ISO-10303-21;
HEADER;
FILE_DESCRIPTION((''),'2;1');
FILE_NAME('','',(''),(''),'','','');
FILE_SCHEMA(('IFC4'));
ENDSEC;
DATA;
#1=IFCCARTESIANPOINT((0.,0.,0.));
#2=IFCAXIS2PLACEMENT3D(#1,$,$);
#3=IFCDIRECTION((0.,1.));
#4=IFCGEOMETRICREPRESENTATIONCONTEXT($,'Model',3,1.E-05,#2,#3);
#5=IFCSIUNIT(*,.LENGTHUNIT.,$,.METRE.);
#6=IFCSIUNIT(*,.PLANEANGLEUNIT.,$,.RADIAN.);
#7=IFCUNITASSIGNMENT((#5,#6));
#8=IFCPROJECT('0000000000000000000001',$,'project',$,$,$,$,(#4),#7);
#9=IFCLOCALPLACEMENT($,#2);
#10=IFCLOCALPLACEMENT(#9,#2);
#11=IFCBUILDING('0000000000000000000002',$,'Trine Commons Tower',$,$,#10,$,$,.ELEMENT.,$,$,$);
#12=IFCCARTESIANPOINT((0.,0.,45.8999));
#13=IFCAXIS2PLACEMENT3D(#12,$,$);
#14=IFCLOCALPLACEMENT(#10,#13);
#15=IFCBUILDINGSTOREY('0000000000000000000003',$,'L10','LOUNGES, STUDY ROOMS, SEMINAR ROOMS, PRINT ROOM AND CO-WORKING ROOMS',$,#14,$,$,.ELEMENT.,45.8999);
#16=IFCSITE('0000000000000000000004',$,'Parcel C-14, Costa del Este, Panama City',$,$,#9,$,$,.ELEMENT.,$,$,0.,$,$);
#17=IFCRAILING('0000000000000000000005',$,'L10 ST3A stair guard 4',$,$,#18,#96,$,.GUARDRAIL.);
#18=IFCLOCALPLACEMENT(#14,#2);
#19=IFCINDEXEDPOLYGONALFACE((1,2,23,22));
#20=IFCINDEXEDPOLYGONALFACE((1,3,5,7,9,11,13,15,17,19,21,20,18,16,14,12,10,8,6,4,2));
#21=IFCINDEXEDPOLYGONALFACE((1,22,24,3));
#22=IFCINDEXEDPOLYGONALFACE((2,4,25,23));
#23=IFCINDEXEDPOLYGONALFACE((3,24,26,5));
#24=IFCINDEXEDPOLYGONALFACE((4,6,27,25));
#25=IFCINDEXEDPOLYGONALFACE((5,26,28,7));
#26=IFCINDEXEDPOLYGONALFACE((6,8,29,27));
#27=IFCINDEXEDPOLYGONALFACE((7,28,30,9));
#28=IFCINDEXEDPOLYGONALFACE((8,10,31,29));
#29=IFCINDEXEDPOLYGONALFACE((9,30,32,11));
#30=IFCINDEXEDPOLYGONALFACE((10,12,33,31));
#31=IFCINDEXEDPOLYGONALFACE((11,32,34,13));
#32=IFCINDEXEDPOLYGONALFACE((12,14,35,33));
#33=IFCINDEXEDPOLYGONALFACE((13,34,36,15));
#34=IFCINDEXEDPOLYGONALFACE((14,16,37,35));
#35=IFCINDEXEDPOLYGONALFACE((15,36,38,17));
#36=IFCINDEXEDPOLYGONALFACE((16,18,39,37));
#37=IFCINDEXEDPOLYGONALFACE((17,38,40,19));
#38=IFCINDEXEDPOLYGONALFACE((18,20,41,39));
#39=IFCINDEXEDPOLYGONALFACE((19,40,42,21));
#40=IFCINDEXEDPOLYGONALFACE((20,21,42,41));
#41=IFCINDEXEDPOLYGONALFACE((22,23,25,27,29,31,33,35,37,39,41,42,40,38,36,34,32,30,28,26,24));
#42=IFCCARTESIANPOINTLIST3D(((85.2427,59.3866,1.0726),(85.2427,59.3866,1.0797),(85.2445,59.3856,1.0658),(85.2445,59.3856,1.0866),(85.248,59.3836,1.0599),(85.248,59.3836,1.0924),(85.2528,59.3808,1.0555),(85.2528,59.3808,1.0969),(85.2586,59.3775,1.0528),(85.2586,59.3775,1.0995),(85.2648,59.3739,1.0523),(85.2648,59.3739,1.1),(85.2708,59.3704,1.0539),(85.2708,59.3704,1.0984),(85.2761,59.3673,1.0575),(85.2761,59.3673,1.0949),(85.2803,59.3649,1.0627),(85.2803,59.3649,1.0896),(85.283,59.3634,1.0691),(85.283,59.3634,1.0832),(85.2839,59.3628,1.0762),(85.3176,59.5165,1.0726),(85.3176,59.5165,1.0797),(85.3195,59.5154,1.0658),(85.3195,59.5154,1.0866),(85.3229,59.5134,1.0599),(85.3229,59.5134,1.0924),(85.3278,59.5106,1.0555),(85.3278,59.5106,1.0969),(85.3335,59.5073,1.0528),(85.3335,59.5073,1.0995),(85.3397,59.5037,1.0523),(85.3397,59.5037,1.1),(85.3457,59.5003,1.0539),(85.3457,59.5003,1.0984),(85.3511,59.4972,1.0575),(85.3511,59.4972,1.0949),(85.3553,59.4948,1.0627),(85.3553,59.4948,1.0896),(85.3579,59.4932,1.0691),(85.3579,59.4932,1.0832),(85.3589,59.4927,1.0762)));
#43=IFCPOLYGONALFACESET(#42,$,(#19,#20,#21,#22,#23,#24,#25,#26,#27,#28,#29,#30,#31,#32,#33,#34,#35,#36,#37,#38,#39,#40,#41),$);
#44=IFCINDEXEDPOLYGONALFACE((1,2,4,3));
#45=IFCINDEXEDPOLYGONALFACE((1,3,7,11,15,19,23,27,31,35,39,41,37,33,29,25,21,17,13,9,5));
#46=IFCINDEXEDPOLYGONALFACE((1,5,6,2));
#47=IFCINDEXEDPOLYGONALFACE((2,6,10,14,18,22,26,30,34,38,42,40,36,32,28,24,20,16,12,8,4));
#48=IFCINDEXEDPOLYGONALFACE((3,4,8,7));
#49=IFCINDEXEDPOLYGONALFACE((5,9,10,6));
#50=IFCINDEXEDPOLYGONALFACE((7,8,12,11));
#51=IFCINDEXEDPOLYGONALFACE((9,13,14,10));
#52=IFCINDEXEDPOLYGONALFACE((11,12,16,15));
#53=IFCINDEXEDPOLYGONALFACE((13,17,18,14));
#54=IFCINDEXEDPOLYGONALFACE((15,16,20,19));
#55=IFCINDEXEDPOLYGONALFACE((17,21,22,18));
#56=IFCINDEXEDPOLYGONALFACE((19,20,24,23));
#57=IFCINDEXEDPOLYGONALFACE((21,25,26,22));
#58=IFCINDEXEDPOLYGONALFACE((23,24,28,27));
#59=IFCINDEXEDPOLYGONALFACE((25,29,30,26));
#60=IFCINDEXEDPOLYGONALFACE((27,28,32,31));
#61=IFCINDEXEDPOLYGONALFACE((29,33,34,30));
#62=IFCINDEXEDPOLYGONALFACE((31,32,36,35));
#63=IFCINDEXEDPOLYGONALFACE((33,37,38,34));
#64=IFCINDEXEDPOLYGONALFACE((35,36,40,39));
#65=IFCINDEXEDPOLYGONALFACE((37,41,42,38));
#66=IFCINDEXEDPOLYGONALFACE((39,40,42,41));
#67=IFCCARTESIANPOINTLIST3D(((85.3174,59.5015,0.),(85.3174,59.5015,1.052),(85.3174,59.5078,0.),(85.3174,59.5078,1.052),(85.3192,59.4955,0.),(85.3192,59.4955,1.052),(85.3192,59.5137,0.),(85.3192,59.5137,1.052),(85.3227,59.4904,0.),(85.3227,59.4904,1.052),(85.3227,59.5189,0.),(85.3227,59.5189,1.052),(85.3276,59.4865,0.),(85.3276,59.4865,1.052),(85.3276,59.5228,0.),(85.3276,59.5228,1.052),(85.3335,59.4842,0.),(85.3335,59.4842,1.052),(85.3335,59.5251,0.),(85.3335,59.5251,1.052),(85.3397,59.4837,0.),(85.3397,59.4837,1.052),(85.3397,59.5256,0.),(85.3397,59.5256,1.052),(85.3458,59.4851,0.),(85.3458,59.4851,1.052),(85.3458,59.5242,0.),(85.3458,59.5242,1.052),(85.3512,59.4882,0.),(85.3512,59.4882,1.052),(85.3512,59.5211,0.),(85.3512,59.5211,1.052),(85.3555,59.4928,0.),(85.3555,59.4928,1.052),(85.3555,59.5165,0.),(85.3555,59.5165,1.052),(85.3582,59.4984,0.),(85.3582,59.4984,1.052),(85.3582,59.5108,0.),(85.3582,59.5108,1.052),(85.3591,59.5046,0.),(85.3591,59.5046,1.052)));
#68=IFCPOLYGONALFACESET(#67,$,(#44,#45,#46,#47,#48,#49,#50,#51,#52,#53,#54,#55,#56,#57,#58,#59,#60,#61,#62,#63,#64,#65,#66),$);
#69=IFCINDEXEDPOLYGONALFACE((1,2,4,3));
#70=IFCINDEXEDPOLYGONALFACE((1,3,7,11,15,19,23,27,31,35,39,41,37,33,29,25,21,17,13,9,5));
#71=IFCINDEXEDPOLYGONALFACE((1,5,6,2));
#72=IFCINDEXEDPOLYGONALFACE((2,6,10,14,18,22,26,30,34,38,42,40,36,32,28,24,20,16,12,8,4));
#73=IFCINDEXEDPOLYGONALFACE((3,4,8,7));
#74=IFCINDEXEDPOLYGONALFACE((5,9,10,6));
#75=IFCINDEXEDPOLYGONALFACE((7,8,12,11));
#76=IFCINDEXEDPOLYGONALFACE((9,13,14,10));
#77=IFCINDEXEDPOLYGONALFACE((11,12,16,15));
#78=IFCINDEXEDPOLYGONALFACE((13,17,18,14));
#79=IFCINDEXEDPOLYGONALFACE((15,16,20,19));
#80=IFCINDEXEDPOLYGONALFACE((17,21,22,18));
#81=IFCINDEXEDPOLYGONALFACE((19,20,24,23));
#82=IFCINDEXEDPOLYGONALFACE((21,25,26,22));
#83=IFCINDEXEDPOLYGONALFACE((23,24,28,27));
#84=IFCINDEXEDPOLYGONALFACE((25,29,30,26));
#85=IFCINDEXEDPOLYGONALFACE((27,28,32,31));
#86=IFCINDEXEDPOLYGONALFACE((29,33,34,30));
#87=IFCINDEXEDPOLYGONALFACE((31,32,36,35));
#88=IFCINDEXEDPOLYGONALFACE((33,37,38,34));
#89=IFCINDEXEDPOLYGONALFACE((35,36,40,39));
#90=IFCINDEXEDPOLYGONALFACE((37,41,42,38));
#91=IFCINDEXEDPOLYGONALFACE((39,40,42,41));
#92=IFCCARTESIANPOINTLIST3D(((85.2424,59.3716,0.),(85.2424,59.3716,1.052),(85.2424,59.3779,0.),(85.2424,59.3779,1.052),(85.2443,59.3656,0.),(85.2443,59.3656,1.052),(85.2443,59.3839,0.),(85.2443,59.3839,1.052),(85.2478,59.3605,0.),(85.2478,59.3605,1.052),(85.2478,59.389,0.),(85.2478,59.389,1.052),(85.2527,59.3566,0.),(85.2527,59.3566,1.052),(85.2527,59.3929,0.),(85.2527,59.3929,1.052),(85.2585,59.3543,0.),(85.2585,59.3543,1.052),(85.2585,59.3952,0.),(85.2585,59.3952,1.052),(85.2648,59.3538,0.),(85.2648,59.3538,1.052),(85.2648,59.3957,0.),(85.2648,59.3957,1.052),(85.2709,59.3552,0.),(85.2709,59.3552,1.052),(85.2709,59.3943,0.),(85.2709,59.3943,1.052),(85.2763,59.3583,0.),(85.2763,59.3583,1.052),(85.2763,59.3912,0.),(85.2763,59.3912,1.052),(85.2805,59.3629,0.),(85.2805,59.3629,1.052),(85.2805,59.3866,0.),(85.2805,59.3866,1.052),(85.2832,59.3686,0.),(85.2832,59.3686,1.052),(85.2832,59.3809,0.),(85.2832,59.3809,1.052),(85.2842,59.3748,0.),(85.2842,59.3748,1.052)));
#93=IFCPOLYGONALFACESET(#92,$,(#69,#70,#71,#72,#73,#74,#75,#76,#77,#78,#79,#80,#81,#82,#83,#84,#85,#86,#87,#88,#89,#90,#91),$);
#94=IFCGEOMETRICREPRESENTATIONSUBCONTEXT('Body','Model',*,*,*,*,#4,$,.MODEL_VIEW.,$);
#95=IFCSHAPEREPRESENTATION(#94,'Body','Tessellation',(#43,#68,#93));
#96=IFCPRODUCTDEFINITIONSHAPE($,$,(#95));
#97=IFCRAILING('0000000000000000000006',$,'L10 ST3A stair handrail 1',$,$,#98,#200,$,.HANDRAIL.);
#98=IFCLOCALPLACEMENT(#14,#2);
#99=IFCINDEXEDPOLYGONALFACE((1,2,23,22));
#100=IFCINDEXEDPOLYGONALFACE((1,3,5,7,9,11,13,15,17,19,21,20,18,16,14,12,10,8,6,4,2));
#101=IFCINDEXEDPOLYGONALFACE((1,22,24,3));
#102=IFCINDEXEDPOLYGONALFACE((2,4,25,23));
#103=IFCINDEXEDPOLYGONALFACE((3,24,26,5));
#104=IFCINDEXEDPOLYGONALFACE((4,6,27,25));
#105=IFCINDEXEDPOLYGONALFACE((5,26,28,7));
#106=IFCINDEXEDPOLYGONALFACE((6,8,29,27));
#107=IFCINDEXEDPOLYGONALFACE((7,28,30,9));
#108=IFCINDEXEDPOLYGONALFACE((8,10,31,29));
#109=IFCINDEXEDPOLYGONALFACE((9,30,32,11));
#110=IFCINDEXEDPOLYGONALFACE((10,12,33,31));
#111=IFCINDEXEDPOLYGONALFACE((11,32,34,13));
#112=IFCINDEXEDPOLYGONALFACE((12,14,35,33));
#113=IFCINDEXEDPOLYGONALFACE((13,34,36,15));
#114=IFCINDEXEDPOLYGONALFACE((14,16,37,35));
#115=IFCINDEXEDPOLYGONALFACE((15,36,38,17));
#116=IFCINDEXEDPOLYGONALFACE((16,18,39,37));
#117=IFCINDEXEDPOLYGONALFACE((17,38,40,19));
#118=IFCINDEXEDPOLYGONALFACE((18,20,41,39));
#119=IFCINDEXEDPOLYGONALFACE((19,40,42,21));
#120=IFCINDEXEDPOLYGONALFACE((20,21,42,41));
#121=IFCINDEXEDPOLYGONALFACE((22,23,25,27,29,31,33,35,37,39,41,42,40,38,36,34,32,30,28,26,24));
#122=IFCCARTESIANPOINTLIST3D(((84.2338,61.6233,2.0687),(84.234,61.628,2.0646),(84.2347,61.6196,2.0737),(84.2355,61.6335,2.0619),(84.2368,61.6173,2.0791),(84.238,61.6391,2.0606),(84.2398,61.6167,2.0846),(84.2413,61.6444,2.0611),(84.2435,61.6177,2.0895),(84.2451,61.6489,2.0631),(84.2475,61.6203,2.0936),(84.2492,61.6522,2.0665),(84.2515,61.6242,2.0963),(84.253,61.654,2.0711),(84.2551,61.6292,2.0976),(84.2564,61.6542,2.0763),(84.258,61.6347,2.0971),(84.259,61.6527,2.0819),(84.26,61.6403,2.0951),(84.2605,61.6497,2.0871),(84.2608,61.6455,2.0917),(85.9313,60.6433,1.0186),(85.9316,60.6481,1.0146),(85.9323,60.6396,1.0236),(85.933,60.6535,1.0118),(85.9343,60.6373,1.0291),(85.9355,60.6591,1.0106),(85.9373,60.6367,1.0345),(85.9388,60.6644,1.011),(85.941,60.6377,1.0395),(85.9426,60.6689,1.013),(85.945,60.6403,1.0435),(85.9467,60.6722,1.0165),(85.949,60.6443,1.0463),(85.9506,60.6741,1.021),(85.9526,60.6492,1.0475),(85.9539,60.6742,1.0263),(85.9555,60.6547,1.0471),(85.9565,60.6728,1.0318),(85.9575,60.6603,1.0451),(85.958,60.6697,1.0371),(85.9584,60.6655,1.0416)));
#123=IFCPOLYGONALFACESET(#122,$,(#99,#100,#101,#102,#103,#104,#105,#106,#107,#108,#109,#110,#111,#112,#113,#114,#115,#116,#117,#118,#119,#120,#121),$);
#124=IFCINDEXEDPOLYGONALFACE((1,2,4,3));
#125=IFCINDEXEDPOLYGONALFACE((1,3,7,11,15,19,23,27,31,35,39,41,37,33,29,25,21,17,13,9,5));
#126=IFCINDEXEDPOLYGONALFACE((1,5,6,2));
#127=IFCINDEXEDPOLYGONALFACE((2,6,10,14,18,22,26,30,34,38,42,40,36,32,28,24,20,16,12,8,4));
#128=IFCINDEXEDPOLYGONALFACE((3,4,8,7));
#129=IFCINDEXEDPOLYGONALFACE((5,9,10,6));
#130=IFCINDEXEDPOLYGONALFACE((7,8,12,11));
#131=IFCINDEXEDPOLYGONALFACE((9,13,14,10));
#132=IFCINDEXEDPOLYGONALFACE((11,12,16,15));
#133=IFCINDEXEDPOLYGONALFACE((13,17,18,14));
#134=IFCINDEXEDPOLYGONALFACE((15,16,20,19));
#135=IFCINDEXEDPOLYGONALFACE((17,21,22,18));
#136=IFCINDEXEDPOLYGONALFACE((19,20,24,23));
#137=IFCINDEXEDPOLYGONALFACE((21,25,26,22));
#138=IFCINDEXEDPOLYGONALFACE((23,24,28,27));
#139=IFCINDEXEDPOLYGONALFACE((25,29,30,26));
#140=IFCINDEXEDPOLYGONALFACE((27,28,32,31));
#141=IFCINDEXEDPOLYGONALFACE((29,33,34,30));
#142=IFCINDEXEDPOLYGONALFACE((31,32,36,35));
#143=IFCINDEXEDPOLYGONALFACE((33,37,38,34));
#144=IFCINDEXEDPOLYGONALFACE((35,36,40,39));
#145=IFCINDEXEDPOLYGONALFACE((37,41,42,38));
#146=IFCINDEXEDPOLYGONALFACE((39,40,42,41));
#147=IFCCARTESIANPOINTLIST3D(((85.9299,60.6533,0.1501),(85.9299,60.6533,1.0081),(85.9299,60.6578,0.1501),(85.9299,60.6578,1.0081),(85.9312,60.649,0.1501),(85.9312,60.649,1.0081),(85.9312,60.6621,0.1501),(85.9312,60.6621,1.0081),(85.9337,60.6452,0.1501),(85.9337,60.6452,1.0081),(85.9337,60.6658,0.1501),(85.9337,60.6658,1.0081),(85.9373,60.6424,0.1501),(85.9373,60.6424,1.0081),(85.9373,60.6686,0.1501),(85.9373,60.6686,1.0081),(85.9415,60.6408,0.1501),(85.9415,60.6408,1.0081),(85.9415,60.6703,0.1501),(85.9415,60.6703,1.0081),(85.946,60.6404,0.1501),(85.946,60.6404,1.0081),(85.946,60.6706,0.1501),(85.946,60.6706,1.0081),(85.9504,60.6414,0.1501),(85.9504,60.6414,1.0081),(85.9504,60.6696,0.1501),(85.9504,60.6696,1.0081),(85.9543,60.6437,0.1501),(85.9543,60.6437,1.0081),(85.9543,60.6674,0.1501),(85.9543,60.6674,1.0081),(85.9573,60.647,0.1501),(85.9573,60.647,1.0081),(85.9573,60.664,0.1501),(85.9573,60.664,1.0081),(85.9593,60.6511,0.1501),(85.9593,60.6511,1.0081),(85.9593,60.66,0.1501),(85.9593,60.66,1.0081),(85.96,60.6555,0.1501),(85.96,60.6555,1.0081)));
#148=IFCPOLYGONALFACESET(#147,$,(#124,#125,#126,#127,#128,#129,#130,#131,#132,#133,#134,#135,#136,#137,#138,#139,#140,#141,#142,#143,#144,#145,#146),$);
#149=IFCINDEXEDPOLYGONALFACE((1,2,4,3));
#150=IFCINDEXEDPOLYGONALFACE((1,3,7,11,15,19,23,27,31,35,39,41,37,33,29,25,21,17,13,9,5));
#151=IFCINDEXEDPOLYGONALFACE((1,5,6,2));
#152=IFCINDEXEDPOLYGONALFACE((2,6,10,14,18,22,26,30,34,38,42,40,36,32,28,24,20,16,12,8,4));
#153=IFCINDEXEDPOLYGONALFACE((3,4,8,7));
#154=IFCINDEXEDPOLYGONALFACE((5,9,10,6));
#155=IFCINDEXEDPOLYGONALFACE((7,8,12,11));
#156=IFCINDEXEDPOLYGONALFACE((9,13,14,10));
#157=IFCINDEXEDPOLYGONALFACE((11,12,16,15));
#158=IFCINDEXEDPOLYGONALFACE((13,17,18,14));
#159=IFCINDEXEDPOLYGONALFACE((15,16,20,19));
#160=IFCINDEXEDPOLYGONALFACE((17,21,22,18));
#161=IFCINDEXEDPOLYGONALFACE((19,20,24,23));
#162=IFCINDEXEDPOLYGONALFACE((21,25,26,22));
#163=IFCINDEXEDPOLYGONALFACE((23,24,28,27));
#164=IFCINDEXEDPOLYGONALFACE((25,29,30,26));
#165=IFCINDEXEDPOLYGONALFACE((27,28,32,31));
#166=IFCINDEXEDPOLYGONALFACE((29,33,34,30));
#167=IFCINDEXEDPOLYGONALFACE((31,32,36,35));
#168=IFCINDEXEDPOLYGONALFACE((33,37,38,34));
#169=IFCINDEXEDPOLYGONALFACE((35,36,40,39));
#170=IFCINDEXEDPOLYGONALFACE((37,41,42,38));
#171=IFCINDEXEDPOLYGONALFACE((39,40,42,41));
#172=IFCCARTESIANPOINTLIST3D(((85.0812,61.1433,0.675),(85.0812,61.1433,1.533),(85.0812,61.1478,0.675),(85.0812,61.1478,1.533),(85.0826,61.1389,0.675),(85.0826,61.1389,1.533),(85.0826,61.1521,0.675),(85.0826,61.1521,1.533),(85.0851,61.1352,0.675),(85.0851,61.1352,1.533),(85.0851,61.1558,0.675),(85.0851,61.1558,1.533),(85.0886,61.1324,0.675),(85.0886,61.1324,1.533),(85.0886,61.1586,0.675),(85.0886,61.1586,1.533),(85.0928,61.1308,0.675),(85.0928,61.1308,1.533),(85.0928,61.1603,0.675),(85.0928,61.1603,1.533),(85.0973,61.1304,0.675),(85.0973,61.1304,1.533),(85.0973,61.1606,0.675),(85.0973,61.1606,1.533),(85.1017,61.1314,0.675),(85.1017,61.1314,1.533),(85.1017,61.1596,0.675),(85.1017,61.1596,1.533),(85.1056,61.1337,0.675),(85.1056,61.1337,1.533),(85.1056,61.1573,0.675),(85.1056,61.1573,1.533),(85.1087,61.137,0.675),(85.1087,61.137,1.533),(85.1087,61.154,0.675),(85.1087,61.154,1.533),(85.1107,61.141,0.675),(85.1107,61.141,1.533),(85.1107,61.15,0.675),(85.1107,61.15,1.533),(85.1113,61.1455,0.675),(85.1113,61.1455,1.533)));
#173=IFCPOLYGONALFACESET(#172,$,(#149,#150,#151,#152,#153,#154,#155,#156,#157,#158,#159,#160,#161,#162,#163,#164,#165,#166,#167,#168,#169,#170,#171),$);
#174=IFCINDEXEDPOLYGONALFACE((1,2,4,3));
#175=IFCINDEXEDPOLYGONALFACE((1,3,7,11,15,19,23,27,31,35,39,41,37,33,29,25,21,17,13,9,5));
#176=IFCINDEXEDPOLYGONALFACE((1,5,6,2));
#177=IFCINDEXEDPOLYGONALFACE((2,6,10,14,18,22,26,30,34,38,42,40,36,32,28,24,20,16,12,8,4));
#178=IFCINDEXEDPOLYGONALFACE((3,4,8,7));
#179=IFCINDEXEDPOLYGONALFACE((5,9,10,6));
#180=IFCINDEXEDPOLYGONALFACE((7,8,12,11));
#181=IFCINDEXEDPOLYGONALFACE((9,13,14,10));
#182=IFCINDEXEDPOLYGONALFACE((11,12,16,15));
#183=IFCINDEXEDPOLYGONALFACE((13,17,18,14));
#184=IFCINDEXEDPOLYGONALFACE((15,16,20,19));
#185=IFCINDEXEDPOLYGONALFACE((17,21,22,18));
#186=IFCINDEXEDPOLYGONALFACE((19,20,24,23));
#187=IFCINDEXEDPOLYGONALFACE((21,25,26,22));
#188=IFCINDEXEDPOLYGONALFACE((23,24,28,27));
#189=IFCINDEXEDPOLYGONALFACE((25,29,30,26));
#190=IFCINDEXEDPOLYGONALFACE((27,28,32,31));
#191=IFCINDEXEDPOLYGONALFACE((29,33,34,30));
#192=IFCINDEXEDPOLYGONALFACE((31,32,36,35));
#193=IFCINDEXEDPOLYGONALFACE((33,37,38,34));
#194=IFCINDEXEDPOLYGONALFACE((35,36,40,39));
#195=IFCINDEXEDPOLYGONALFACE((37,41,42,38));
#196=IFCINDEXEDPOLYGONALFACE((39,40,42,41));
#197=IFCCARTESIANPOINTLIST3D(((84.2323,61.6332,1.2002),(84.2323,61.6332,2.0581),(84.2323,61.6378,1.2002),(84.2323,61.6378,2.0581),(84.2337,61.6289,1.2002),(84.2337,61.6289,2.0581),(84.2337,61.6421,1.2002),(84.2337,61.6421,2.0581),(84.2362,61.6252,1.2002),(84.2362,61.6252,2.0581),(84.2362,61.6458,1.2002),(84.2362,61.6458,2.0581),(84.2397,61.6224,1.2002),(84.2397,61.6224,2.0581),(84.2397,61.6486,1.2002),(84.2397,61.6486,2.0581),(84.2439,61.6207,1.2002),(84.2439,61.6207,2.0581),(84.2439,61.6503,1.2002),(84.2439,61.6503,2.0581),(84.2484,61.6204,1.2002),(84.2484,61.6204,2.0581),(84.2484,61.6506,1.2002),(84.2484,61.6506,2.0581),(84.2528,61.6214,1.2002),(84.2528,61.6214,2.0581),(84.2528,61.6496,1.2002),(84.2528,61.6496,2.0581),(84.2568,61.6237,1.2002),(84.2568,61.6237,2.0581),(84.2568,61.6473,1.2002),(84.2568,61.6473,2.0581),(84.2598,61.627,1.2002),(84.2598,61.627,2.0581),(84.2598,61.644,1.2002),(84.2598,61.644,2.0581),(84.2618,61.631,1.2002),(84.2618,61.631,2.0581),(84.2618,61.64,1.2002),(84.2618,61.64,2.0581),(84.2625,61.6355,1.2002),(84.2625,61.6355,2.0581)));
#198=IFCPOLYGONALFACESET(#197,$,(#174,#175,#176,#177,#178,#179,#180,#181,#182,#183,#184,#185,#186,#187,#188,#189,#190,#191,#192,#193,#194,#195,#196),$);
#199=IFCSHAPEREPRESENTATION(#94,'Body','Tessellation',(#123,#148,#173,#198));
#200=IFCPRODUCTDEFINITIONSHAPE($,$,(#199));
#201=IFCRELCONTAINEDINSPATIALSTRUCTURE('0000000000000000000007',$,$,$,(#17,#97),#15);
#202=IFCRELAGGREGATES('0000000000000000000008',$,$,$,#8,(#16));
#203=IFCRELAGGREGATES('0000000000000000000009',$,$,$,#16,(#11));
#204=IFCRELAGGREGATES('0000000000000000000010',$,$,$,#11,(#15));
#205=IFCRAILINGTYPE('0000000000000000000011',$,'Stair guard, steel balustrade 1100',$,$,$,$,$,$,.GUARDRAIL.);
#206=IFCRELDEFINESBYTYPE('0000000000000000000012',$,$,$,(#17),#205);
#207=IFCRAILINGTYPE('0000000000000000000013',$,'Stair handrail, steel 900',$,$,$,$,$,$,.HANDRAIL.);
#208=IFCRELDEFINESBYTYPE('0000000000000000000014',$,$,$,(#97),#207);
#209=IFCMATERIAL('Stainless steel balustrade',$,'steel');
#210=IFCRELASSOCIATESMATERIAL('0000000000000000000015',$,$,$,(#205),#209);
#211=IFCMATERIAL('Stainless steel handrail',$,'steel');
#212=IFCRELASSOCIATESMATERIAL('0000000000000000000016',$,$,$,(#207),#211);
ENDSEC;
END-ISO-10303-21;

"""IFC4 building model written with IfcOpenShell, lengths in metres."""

from ifc_helpers import new_model, si_unit, direction, frame, origin, origin_2d, place, context, subcontext, project, spatial, circle, extrude, material, type_object, element, save


model = new_model("IFC4")

# Units and contexts
model_context = context("Model", 3, precision=1e-05, world=origin(), true_north=direction((0.0, 1.0)))
body_context = subcontext(model_context, "Body", "Model", "MODEL_VIEW")
ifc_project = project(units=[si_unit("LENGTHUNIT", "METRE"), si_unit("PLANEANGLEUNIT", "RADIAN")], contexts=[model_context])

# Site, building, storey
site_placement = place(None, origin())
site = spatial("IfcSite", under=ifc_project, at=site_placement, Name="Parcel C-14, Costa del Este, Panama City", CompositionType="ELEMENT", RefElevation=0.0)
building_placement = place(site_placement, origin())
building = spatial("IfcBuilding", under=site, at=building_placement, Name="Trine Commons Tower", CompositionType="ELEMENT")
storey_placement = place(building_placement, frame((0.0, 0.0, 45.8999)))
storey = spatial("IfcBuildingStorey", under=building, at=storey_placement, Name="L10", Description="LOUNGES, STUDY ROOMS, SEMINAR ROOMS, PRINT ROOM AND CO-WORKING ROOMS", CompositionType="ELEMENT", Elevation=45.8999)

# Railings
ifc_material_1 = material(Name="Stainless steel balustrade", Category="steel")
railing_type_1 = type_object("IfcRailingType", Name="Stair guard, steel balustrade 1100", PredefinedType="GUARDRAIL", material=ifc_material_1)
railing_1_placement = place(storey_placement, frame((85.3381, 59.5046, 0.0)))
element("IfcRailing", 1, at=railing_1_placement, inside=storey, type_object=railing_type_1, Name="L10 ST3A stair guard 4", PredefinedType="GUARDRAIL", context=body_context, shape_type="SweptSolid", body=[
    extrude(circle(Radius=0.0239, at=origin_2d()), frame((0.0, 0.0, 1.0762), z_axis=(-0.499816, -0.866131, 0.0), x_axis=(0.866131, -0.499816, 0.0)), (0.0, 0.0, 1.0), 0.1499),
    extrude(circle(Radius=0.021, at=origin_2d()), origin(), (0.0, 0.0, 1.0), 1.052),
    extrude(circle(Radius=0.021, at=origin_2d()), frame((-0.075, -0.1299, 0.0)), (0.0, 0.0, 1.0), 1.052),
])
ifc_material_2 = material(Name="Stainless steel handrail", Category="steel")
railing_type_2 = type_object("IfcRailingType", Name="Stair handrail, steel 900", PredefinedType="HANDRAIL", material=ifc_material_2)
railing_2_placement = place(storey_placement, frame((85.9448, 60.6555, 0.1501)))
element("IfcRailing", 2, at=railing_2_placement, inside=storey, type_object=railing_type_2, Name="L10 ST3A stair handrail 1", PredefinedType="HANDRAIL", context=body_context, shape_type="SweptSolid", body=[
    extrude(circle(Radius=0.021, at=origin_2d()), frame((0.0, 0.0, 0.8789), z_axis=(-0.763398, 0.440713, 0.472224), x_axis=(-0.49997, -0.866042, 0.0)), (0.0, 0.0, 1.0), 2.2236),
    extrude(circle(Radius=0.0151, at=origin_2d()), origin(), (0.0, 0.0, 1.0), 0.8579),
    extrude(circle(Radius=0.0151, at=origin_2d()), frame((-0.8486, 0.49, 0.5249)), (0.0, 0.0, 1.0), 0.8579),
    extrude(circle(Radius=0.0151, at=origin_2d()), frame((-1.6975, 0.98, 1.05)), (0.0, 0.0, 1.0), 0.8579),
])

save(model, "model.ifc")
